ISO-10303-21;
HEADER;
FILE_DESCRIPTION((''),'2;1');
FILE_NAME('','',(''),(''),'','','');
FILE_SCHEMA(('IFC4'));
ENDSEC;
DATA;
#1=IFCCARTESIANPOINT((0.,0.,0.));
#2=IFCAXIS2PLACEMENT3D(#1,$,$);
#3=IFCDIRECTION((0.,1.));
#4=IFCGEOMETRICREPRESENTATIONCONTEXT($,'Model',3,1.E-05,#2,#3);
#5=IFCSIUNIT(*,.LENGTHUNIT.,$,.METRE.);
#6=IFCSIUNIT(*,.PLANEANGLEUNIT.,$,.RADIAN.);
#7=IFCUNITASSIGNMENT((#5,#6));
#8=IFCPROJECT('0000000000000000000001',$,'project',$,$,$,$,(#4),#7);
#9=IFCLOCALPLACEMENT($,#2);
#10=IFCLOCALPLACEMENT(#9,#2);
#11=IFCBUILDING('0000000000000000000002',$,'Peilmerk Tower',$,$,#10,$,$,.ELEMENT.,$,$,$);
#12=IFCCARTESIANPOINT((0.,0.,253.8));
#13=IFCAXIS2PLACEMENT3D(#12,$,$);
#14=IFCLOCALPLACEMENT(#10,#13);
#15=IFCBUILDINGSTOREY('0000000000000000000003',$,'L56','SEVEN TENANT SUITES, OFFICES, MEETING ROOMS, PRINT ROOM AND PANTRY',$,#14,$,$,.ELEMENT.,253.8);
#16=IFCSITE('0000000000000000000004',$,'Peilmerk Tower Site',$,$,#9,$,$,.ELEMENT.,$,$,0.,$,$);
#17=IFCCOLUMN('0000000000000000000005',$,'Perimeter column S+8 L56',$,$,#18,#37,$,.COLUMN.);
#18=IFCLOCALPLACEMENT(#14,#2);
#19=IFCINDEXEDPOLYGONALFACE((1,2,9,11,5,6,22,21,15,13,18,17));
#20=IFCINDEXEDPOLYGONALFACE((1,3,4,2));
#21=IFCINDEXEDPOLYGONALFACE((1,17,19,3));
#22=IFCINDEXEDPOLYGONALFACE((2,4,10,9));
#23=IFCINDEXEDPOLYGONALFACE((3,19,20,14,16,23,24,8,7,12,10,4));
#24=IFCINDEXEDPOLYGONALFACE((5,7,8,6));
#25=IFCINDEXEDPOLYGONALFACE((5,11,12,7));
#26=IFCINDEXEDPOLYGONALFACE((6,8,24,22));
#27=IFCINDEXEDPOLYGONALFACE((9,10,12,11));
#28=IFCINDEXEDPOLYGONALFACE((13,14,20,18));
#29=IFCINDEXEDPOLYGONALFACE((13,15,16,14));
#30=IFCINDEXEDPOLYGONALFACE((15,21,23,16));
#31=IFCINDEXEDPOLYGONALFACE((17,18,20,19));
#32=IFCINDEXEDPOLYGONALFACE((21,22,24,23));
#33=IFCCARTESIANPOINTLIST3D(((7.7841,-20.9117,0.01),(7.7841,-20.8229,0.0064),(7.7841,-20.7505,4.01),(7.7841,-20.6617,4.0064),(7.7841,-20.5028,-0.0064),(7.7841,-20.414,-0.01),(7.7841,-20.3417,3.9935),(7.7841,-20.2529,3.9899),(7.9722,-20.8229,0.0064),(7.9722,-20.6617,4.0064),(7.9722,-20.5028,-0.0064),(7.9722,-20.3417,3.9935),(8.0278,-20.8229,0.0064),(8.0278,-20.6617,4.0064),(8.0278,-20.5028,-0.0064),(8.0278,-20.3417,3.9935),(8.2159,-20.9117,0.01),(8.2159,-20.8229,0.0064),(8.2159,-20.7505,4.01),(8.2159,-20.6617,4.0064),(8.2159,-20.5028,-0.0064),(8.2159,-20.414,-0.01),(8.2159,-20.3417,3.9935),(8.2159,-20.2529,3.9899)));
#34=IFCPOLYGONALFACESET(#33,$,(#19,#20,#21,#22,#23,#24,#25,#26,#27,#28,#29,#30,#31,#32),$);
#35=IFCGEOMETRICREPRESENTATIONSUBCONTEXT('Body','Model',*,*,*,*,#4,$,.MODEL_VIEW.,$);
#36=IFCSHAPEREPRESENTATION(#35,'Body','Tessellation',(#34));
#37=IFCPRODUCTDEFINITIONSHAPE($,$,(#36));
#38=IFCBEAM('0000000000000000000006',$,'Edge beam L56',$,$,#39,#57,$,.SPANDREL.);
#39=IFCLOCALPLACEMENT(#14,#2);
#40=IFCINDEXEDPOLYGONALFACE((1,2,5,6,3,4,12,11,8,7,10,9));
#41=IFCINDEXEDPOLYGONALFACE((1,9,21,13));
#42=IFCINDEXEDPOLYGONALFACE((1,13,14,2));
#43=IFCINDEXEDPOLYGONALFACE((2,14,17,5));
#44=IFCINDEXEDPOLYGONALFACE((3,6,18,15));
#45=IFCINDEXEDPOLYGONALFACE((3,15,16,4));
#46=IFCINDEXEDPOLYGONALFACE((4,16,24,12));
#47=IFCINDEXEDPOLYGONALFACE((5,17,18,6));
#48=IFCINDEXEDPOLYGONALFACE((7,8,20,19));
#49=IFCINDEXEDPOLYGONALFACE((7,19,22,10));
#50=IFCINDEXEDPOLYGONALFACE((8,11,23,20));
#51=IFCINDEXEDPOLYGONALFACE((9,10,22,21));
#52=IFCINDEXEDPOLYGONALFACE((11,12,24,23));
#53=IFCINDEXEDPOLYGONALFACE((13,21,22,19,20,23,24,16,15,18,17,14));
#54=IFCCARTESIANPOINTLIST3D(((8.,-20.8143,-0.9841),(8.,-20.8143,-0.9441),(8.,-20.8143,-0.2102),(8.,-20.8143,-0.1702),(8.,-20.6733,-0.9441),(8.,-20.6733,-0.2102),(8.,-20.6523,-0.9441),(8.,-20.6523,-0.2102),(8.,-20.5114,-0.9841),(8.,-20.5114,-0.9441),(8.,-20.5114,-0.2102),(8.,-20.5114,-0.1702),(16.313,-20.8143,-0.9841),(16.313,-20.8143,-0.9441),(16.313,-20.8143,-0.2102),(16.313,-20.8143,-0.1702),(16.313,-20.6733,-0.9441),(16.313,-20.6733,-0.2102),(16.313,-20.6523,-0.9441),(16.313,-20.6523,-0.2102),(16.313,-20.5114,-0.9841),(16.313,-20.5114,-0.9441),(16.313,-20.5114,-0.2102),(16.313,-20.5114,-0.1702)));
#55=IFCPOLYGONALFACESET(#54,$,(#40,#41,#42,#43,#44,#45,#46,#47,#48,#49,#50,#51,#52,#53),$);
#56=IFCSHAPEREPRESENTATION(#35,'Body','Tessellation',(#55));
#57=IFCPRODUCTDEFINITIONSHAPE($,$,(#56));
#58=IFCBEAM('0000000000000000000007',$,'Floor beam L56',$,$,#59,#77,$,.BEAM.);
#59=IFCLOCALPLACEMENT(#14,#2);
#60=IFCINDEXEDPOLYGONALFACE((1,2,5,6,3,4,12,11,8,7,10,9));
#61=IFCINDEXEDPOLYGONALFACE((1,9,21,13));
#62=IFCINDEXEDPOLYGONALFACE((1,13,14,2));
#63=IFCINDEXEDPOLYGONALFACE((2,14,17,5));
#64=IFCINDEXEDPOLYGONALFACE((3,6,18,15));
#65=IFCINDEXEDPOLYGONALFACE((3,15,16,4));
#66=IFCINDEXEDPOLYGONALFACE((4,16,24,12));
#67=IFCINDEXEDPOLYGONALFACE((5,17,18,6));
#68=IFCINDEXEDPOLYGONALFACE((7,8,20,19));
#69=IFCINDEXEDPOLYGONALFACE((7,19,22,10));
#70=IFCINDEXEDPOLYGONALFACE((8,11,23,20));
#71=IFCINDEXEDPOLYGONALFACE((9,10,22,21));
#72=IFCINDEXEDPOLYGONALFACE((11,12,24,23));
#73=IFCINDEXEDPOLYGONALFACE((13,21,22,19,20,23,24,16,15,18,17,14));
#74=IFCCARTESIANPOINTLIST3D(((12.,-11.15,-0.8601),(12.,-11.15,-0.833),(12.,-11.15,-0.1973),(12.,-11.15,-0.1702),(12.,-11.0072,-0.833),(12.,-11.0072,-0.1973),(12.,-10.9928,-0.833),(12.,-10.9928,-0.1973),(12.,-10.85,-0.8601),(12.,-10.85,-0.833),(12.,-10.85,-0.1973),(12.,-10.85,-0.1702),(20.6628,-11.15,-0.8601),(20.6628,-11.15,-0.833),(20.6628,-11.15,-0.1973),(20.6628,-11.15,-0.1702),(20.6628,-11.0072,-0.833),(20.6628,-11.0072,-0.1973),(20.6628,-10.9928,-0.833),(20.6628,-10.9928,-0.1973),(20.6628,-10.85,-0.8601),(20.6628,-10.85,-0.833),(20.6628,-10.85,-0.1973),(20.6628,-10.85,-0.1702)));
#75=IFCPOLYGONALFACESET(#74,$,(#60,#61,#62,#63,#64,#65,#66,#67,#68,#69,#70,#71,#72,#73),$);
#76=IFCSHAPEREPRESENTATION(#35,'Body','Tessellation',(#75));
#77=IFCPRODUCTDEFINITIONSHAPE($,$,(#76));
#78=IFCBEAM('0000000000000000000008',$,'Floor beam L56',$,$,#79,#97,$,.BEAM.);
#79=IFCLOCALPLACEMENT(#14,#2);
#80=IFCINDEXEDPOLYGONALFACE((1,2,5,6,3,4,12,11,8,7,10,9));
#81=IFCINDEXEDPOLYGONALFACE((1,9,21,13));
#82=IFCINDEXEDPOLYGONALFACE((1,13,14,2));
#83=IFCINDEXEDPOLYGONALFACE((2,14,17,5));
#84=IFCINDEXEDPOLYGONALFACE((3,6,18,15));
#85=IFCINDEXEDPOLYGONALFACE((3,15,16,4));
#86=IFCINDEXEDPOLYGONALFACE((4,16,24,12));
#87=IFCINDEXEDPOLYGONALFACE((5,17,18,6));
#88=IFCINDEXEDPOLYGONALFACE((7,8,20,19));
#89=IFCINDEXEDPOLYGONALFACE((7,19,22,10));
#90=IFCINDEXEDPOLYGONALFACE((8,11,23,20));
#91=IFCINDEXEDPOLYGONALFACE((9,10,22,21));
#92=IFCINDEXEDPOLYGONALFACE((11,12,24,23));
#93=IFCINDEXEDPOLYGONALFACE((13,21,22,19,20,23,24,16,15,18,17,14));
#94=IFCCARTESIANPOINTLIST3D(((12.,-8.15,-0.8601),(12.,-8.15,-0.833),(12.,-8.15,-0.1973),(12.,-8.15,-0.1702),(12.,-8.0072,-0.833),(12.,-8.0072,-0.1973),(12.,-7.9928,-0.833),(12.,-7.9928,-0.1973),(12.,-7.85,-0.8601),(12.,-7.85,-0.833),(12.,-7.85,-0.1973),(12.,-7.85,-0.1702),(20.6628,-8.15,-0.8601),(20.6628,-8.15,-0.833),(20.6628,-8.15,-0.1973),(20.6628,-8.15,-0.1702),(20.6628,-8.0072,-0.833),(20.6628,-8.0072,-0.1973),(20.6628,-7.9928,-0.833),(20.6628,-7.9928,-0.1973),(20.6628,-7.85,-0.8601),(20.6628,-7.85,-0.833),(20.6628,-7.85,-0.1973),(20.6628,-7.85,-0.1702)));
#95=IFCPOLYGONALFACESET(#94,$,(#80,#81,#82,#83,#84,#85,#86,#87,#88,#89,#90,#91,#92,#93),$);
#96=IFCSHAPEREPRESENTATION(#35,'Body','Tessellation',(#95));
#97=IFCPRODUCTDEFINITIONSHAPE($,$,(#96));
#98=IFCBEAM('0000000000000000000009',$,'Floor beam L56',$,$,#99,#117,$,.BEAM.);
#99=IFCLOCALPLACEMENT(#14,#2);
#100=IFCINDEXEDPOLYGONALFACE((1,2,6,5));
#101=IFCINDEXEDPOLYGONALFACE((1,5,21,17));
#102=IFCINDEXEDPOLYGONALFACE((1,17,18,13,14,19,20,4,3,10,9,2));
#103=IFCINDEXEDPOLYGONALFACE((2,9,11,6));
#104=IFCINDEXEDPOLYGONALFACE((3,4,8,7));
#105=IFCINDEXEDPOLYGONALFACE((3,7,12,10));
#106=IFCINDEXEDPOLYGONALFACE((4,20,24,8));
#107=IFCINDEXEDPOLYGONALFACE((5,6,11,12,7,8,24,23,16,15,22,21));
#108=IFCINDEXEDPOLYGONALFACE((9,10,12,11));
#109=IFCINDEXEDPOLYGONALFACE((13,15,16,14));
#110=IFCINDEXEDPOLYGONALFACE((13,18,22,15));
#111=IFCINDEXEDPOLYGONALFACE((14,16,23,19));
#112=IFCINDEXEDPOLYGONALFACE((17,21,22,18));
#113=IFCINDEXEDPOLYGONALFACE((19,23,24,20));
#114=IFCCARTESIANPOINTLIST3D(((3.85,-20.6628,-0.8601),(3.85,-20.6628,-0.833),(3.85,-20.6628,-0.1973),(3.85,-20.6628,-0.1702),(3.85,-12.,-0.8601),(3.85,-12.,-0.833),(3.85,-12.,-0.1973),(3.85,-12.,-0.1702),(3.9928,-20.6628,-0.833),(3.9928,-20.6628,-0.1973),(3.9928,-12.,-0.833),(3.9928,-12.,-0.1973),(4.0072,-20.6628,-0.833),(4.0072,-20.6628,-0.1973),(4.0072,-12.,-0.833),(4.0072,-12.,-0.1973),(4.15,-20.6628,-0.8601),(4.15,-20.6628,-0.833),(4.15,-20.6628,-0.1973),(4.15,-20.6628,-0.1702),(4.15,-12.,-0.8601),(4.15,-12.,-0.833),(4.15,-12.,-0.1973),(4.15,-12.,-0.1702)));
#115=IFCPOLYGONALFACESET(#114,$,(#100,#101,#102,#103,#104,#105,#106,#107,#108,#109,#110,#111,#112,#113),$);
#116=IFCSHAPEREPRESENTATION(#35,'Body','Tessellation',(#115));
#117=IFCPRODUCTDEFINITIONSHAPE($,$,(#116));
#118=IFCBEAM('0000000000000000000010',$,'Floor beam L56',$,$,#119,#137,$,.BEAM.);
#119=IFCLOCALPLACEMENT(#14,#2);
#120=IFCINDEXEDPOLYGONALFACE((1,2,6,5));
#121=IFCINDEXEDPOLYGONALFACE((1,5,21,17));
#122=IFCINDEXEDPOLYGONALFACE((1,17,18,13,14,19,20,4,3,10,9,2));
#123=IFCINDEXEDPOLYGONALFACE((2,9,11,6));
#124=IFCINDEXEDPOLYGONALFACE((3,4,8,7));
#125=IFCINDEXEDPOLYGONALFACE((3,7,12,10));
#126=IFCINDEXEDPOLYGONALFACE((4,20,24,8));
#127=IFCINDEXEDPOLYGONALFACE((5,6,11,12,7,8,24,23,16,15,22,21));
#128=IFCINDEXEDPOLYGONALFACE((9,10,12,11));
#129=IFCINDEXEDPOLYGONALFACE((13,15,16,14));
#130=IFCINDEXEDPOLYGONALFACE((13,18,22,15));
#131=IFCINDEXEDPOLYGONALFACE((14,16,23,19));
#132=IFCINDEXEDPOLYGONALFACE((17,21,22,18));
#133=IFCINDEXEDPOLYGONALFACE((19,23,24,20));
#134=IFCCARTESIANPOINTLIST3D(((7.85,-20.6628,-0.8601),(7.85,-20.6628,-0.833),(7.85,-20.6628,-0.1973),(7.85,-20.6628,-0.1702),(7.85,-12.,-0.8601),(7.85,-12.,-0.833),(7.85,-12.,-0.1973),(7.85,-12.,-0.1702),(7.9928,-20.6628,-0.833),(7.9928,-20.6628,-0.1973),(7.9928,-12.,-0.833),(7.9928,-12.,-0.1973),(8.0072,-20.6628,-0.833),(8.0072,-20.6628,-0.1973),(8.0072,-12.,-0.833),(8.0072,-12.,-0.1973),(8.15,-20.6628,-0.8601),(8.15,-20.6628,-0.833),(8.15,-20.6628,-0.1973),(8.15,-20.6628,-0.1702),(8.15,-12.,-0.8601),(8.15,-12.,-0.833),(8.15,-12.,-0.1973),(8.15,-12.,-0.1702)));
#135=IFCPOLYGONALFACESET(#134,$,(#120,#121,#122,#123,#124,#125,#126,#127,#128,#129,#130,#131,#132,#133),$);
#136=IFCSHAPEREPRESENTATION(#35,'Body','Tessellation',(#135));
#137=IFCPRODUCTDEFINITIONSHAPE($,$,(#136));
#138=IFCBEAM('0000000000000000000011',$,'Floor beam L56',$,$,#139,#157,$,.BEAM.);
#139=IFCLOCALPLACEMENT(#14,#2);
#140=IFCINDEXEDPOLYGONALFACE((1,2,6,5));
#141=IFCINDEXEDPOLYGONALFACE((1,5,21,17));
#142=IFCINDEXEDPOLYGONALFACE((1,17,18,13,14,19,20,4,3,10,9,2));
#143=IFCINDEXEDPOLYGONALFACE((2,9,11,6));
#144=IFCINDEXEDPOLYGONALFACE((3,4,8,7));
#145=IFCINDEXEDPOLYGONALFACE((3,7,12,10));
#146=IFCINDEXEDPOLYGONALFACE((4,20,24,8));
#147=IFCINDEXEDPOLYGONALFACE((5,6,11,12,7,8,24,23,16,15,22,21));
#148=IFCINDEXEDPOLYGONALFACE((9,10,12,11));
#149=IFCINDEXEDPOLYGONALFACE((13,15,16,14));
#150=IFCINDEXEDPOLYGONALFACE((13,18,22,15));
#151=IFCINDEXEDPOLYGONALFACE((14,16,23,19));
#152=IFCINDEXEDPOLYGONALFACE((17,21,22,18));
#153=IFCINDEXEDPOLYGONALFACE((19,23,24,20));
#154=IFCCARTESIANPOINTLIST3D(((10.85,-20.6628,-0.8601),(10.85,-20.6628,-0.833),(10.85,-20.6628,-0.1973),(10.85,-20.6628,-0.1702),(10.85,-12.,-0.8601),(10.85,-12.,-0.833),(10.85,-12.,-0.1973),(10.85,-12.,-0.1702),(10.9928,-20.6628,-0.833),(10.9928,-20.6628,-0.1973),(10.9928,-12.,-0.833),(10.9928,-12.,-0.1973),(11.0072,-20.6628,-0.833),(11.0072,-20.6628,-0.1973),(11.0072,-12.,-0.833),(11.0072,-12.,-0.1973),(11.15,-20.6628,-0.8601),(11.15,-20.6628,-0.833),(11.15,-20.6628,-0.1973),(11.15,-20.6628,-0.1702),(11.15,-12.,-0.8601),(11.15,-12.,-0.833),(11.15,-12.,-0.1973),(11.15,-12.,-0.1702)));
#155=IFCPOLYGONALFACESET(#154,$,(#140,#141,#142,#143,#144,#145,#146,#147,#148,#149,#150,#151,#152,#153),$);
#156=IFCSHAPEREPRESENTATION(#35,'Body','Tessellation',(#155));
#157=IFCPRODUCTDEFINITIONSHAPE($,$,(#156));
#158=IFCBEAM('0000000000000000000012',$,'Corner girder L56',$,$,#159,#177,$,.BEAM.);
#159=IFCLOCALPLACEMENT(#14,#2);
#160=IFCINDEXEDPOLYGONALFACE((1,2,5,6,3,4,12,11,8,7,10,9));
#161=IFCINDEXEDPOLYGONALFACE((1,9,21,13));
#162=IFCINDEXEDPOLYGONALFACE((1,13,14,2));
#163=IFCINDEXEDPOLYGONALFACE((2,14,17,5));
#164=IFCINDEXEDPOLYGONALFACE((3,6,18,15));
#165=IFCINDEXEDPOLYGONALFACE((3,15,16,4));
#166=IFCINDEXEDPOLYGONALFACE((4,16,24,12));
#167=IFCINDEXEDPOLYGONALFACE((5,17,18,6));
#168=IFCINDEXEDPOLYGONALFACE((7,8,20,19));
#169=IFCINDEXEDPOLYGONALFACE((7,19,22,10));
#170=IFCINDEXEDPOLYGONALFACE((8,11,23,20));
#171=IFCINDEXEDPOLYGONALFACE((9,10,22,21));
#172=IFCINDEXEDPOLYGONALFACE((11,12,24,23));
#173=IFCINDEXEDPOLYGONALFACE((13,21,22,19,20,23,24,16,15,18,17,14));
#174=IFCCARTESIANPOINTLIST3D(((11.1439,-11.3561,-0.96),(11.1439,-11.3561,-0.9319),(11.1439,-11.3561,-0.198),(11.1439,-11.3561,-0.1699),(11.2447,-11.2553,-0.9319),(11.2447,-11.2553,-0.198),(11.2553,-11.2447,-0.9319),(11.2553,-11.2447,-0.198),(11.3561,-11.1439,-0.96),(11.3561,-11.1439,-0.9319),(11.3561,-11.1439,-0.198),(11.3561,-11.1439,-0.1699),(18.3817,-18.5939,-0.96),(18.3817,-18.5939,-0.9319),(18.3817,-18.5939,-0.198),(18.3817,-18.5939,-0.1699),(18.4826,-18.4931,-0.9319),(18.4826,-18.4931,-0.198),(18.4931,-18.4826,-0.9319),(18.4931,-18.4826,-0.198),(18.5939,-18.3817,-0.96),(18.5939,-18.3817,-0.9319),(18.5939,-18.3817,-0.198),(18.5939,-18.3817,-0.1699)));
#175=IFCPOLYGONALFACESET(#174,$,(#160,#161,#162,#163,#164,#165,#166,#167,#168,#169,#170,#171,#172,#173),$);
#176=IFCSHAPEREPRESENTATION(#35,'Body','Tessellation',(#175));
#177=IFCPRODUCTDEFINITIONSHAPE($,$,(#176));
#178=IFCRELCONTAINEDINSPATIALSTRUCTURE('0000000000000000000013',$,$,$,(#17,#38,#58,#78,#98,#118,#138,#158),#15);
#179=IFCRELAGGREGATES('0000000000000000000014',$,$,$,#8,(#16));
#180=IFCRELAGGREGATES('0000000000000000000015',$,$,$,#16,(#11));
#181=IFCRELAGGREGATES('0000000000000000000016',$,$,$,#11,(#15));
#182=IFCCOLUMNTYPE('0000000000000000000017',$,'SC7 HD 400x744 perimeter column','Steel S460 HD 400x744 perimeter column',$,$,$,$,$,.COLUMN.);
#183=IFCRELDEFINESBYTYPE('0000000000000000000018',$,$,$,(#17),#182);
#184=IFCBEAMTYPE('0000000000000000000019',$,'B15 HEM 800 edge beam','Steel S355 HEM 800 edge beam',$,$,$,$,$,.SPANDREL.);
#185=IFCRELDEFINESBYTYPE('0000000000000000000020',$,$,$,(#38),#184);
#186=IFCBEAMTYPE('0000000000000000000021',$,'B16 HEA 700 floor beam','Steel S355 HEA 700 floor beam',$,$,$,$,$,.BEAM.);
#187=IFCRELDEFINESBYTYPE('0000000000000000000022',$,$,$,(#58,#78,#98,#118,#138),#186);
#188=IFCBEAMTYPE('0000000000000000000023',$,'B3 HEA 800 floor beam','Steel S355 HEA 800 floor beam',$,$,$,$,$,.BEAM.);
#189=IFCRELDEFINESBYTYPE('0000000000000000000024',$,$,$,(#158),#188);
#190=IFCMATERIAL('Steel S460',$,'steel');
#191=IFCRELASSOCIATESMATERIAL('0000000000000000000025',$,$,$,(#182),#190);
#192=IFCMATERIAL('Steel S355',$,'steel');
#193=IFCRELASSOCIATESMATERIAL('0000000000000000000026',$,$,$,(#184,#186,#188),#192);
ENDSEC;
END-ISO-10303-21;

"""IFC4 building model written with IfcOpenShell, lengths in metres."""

from ifc_helpers import new_model, si_unit, direction, frame, origin, origin_2d, place, context, subcontext, project, spatial, i_section, extrude, material, material_profile, profile_set, type_object, element, save


model = new_model("IFC4")

# Units and contexts
model_context = context("Model", 3, precision=1e-05, world=origin(), true_north=direction((0.0, 1.0)))
body_context = subcontext(model_context, "Body", "Model", "MODEL_VIEW")
ifc_project = project(units=[si_unit("LENGTHUNIT", "METRE"), si_unit("PLANEANGLEUNIT", "RADIAN")], contexts=[model_context])

# Site, building, storey
site_placement = place(None, origin())
site = spatial("IfcSite", under=ifc_project, at=site_placement, Name="Peilmerk Tower Site", CompositionType="ELEMENT", RefElevation=0.0)
building_placement = place(site_placement, origin())
building = spatial("IfcBuilding", under=site, at=building_placement, Name="Peilmerk Tower", CompositionType="ELEMENT")
storey_placement = place(building_placement, frame((0.0, 0.0, 253.8)))
storey = spatial("IfcBuildingStorey", under=building, at=storey_placement, Name="L56", Description="SEVEN TENANT SUITES, OFFICES, MEETING ROOMS, PRINT ROOM AND PANTRY", CompositionType="ELEMENT", Elevation=253.8)

# Column
ifc_material_1 = material(Name="Steel S460", Category="steel")
ifc_material_profile_1 = material_profile(ifc_material_1, i_section(OverallWidth=0.4319, OverallDepth=0.498, WebThickness=0.0557, FlangeThickness=0.0889, at=origin_2d()), Name="HD 400x744")
ifc_profile_set_1 = profile_set([ifc_material_profile_1], Name="Steel S460")
column_type = type_object("IfcColumnType", Name="SC7 HD 400x744 perimeter column", Description="Steel S460 HD 400x744 perimeter column", PredefinedType="COLUMN", material=ifc_profile_set_1)
column_placement = place(storey_placement, frame((8.0, -20.6628, 0.0), z_axis=(0.0, 0.040251, 0.99919), x_axis=(-1.0, 0.0, 0.0)))
element("IfcColumn", 1, at=column_placement, inside=storey, type_object=column_type, Name="Perimeter column S+8 L56", PredefinedType="COLUMN", context=body_context, shape_type="SweptSolid", body=[
    extrude(i_section(OverallWidth=0.4319, OverallDepth=0.498, WebThickness=0.0557, FlangeThickness=0.0889, at=origin_2d()), origin(), (0.0, 0.0, 1.0), 4.0032),
])

# Beams
ifc_material_2 = material(Name="Steel S355", Category="steel")
ifc_material_profile_2 = material_profile(ifc_material_2, i_section(OverallWidth=0.303, OverallDepth=0.814, WebThickness=0.021, FlangeThickness=0.04, at=origin_2d()), Name="HEM 800")
ifc_profile_set_2 = profile_set([ifc_material_profile_2], Name="Steel S355")
beam_type_1 = type_object("IfcBeamType", Name="B15 HEM 800 edge beam", Description="Steel S355 HEM 800 edge beam", PredefinedType="SPANDREL", material=ifc_profile_set_2)
beam_1_placement = place(storey_placement, frame((8.0, -20.6628, -0.5771), z_axis=(1.0, 0.0, 0.0), x_axis=(0.0, 1.0, 0.0)))
element("IfcBeam", 2, at=beam_1_placement, inside=storey, type_object=beam_type_1, Name="Edge beam L56", PredefinedType="SPANDREL", context=body_context, shape_type="SweptSolid", body=[
    extrude(i_section(OverallWidth=0.303, OverallDepth=0.814, WebThickness=0.021, FlangeThickness=0.04, at=origin_2d()), origin(), (0.0, 0.0, 1.0), 8.313),
])
ifc_material_profile_3 = material_profile(ifc_material_2, i_section(OverallWidth=0.3, OverallDepth=0.6899, WebThickness=0.0144, FlangeThickness=0.0271, at=origin_2d()), Name="HEA 700")
ifc_profile_set_3 = profile_set([ifc_material_profile_3], Name="Steel S355")
beam_type_2 = type_object("IfcBeamType", Name="B16 HEA 700 floor beam", Description="Steel S355 HEA 700 floor beam", PredefinedType="BEAM", material=ifc_profile_set_3)
for number, where, z_axis, x_axis, name in (
    (3, (12.0, -11.0, -0.5151), (1.0, 0.0, 0.0), (0.0, 1.0, 0.0), "Floor beam L56"),
    (4, (12.0, -8.0, -0.5151), (1.0, 0.0, 0.0), (0.0, 1.0, 0.0), "Floor beam L56"),
    (5, (4.0, -12.0, -0.5151), (0.0, -1.0, 0.0), (1.0, 0.0, 0.0), "Floor beam L56"),
    (6, (8.0, -12.0, -0.5151), (0.0, -1.0, 0.0), (1.0, 0.0, 0.0), "Floor beam L56"),
    (7, (11.0, -12.0, -0.5151), (0.0, -1.0, 0.0), (1.0, 0.0, 0.0), "Floor beam L56"),
):
    element("IfcBeam", number, at=place(storey_placement, frame(where, z_axis=z_axis, x_axis=x_axis)), inside=storey, type_object=beam_type_2, Name=name, PredefinedType="BEAM", context=body_context, shape_type="SweptSolid", body=[
        extrude(i_section(OverallWidth=0.3, OverallDepth=0.6899, WebThickness=0.0144, FlangeThickness=0.0271, at=origin_2d()), origin(), (0.0, 0.0, 1.0), 8.6628),
    ])
ifc_material_profile_4 = material_profile(ifc_material_2, i_section(OverallWidth=0.3, OverallDepth=0.79, WebThickness=0.0149, FlangeThickness=0.0281, at=origin_2d()), Name="HEA 800")
ifc_profile_set_4 = profile_set([ifc_material_profile_4], Name="Steel S355")
beam_type_3 = type_object("IfcBeamType", Name="B3 HEA 800 floor beam", Description="Steel S355 HEA 800 floor beam", PredefinedType="BEAM", material=ifc_profile_set_4)
beam_2_placement = place(storey_placement, frame((11.25, -11.25, -0.5649), z_axis=(0.707107, -0.707107, 0.0), x_axis=(0.707107, 0.707107, 0.0)))
element("IfcBeam", 8, at=beam_2_placement, inside=storey, type_object=beam_type_3, Name="Corner girder L56", PredefinedType="BEAM", context=body_context, shape_type="SweptSolid", body=[
    extrude(i_section(OverallWidth=0.3, OverallDepth=0.79, WebThickness=0.0149, FlangeThickness=0.0281, at=origin_2d()), origin(), (0.0, 0.0, 1.0), 10.2358),
])

save(model, "model.ifc")
